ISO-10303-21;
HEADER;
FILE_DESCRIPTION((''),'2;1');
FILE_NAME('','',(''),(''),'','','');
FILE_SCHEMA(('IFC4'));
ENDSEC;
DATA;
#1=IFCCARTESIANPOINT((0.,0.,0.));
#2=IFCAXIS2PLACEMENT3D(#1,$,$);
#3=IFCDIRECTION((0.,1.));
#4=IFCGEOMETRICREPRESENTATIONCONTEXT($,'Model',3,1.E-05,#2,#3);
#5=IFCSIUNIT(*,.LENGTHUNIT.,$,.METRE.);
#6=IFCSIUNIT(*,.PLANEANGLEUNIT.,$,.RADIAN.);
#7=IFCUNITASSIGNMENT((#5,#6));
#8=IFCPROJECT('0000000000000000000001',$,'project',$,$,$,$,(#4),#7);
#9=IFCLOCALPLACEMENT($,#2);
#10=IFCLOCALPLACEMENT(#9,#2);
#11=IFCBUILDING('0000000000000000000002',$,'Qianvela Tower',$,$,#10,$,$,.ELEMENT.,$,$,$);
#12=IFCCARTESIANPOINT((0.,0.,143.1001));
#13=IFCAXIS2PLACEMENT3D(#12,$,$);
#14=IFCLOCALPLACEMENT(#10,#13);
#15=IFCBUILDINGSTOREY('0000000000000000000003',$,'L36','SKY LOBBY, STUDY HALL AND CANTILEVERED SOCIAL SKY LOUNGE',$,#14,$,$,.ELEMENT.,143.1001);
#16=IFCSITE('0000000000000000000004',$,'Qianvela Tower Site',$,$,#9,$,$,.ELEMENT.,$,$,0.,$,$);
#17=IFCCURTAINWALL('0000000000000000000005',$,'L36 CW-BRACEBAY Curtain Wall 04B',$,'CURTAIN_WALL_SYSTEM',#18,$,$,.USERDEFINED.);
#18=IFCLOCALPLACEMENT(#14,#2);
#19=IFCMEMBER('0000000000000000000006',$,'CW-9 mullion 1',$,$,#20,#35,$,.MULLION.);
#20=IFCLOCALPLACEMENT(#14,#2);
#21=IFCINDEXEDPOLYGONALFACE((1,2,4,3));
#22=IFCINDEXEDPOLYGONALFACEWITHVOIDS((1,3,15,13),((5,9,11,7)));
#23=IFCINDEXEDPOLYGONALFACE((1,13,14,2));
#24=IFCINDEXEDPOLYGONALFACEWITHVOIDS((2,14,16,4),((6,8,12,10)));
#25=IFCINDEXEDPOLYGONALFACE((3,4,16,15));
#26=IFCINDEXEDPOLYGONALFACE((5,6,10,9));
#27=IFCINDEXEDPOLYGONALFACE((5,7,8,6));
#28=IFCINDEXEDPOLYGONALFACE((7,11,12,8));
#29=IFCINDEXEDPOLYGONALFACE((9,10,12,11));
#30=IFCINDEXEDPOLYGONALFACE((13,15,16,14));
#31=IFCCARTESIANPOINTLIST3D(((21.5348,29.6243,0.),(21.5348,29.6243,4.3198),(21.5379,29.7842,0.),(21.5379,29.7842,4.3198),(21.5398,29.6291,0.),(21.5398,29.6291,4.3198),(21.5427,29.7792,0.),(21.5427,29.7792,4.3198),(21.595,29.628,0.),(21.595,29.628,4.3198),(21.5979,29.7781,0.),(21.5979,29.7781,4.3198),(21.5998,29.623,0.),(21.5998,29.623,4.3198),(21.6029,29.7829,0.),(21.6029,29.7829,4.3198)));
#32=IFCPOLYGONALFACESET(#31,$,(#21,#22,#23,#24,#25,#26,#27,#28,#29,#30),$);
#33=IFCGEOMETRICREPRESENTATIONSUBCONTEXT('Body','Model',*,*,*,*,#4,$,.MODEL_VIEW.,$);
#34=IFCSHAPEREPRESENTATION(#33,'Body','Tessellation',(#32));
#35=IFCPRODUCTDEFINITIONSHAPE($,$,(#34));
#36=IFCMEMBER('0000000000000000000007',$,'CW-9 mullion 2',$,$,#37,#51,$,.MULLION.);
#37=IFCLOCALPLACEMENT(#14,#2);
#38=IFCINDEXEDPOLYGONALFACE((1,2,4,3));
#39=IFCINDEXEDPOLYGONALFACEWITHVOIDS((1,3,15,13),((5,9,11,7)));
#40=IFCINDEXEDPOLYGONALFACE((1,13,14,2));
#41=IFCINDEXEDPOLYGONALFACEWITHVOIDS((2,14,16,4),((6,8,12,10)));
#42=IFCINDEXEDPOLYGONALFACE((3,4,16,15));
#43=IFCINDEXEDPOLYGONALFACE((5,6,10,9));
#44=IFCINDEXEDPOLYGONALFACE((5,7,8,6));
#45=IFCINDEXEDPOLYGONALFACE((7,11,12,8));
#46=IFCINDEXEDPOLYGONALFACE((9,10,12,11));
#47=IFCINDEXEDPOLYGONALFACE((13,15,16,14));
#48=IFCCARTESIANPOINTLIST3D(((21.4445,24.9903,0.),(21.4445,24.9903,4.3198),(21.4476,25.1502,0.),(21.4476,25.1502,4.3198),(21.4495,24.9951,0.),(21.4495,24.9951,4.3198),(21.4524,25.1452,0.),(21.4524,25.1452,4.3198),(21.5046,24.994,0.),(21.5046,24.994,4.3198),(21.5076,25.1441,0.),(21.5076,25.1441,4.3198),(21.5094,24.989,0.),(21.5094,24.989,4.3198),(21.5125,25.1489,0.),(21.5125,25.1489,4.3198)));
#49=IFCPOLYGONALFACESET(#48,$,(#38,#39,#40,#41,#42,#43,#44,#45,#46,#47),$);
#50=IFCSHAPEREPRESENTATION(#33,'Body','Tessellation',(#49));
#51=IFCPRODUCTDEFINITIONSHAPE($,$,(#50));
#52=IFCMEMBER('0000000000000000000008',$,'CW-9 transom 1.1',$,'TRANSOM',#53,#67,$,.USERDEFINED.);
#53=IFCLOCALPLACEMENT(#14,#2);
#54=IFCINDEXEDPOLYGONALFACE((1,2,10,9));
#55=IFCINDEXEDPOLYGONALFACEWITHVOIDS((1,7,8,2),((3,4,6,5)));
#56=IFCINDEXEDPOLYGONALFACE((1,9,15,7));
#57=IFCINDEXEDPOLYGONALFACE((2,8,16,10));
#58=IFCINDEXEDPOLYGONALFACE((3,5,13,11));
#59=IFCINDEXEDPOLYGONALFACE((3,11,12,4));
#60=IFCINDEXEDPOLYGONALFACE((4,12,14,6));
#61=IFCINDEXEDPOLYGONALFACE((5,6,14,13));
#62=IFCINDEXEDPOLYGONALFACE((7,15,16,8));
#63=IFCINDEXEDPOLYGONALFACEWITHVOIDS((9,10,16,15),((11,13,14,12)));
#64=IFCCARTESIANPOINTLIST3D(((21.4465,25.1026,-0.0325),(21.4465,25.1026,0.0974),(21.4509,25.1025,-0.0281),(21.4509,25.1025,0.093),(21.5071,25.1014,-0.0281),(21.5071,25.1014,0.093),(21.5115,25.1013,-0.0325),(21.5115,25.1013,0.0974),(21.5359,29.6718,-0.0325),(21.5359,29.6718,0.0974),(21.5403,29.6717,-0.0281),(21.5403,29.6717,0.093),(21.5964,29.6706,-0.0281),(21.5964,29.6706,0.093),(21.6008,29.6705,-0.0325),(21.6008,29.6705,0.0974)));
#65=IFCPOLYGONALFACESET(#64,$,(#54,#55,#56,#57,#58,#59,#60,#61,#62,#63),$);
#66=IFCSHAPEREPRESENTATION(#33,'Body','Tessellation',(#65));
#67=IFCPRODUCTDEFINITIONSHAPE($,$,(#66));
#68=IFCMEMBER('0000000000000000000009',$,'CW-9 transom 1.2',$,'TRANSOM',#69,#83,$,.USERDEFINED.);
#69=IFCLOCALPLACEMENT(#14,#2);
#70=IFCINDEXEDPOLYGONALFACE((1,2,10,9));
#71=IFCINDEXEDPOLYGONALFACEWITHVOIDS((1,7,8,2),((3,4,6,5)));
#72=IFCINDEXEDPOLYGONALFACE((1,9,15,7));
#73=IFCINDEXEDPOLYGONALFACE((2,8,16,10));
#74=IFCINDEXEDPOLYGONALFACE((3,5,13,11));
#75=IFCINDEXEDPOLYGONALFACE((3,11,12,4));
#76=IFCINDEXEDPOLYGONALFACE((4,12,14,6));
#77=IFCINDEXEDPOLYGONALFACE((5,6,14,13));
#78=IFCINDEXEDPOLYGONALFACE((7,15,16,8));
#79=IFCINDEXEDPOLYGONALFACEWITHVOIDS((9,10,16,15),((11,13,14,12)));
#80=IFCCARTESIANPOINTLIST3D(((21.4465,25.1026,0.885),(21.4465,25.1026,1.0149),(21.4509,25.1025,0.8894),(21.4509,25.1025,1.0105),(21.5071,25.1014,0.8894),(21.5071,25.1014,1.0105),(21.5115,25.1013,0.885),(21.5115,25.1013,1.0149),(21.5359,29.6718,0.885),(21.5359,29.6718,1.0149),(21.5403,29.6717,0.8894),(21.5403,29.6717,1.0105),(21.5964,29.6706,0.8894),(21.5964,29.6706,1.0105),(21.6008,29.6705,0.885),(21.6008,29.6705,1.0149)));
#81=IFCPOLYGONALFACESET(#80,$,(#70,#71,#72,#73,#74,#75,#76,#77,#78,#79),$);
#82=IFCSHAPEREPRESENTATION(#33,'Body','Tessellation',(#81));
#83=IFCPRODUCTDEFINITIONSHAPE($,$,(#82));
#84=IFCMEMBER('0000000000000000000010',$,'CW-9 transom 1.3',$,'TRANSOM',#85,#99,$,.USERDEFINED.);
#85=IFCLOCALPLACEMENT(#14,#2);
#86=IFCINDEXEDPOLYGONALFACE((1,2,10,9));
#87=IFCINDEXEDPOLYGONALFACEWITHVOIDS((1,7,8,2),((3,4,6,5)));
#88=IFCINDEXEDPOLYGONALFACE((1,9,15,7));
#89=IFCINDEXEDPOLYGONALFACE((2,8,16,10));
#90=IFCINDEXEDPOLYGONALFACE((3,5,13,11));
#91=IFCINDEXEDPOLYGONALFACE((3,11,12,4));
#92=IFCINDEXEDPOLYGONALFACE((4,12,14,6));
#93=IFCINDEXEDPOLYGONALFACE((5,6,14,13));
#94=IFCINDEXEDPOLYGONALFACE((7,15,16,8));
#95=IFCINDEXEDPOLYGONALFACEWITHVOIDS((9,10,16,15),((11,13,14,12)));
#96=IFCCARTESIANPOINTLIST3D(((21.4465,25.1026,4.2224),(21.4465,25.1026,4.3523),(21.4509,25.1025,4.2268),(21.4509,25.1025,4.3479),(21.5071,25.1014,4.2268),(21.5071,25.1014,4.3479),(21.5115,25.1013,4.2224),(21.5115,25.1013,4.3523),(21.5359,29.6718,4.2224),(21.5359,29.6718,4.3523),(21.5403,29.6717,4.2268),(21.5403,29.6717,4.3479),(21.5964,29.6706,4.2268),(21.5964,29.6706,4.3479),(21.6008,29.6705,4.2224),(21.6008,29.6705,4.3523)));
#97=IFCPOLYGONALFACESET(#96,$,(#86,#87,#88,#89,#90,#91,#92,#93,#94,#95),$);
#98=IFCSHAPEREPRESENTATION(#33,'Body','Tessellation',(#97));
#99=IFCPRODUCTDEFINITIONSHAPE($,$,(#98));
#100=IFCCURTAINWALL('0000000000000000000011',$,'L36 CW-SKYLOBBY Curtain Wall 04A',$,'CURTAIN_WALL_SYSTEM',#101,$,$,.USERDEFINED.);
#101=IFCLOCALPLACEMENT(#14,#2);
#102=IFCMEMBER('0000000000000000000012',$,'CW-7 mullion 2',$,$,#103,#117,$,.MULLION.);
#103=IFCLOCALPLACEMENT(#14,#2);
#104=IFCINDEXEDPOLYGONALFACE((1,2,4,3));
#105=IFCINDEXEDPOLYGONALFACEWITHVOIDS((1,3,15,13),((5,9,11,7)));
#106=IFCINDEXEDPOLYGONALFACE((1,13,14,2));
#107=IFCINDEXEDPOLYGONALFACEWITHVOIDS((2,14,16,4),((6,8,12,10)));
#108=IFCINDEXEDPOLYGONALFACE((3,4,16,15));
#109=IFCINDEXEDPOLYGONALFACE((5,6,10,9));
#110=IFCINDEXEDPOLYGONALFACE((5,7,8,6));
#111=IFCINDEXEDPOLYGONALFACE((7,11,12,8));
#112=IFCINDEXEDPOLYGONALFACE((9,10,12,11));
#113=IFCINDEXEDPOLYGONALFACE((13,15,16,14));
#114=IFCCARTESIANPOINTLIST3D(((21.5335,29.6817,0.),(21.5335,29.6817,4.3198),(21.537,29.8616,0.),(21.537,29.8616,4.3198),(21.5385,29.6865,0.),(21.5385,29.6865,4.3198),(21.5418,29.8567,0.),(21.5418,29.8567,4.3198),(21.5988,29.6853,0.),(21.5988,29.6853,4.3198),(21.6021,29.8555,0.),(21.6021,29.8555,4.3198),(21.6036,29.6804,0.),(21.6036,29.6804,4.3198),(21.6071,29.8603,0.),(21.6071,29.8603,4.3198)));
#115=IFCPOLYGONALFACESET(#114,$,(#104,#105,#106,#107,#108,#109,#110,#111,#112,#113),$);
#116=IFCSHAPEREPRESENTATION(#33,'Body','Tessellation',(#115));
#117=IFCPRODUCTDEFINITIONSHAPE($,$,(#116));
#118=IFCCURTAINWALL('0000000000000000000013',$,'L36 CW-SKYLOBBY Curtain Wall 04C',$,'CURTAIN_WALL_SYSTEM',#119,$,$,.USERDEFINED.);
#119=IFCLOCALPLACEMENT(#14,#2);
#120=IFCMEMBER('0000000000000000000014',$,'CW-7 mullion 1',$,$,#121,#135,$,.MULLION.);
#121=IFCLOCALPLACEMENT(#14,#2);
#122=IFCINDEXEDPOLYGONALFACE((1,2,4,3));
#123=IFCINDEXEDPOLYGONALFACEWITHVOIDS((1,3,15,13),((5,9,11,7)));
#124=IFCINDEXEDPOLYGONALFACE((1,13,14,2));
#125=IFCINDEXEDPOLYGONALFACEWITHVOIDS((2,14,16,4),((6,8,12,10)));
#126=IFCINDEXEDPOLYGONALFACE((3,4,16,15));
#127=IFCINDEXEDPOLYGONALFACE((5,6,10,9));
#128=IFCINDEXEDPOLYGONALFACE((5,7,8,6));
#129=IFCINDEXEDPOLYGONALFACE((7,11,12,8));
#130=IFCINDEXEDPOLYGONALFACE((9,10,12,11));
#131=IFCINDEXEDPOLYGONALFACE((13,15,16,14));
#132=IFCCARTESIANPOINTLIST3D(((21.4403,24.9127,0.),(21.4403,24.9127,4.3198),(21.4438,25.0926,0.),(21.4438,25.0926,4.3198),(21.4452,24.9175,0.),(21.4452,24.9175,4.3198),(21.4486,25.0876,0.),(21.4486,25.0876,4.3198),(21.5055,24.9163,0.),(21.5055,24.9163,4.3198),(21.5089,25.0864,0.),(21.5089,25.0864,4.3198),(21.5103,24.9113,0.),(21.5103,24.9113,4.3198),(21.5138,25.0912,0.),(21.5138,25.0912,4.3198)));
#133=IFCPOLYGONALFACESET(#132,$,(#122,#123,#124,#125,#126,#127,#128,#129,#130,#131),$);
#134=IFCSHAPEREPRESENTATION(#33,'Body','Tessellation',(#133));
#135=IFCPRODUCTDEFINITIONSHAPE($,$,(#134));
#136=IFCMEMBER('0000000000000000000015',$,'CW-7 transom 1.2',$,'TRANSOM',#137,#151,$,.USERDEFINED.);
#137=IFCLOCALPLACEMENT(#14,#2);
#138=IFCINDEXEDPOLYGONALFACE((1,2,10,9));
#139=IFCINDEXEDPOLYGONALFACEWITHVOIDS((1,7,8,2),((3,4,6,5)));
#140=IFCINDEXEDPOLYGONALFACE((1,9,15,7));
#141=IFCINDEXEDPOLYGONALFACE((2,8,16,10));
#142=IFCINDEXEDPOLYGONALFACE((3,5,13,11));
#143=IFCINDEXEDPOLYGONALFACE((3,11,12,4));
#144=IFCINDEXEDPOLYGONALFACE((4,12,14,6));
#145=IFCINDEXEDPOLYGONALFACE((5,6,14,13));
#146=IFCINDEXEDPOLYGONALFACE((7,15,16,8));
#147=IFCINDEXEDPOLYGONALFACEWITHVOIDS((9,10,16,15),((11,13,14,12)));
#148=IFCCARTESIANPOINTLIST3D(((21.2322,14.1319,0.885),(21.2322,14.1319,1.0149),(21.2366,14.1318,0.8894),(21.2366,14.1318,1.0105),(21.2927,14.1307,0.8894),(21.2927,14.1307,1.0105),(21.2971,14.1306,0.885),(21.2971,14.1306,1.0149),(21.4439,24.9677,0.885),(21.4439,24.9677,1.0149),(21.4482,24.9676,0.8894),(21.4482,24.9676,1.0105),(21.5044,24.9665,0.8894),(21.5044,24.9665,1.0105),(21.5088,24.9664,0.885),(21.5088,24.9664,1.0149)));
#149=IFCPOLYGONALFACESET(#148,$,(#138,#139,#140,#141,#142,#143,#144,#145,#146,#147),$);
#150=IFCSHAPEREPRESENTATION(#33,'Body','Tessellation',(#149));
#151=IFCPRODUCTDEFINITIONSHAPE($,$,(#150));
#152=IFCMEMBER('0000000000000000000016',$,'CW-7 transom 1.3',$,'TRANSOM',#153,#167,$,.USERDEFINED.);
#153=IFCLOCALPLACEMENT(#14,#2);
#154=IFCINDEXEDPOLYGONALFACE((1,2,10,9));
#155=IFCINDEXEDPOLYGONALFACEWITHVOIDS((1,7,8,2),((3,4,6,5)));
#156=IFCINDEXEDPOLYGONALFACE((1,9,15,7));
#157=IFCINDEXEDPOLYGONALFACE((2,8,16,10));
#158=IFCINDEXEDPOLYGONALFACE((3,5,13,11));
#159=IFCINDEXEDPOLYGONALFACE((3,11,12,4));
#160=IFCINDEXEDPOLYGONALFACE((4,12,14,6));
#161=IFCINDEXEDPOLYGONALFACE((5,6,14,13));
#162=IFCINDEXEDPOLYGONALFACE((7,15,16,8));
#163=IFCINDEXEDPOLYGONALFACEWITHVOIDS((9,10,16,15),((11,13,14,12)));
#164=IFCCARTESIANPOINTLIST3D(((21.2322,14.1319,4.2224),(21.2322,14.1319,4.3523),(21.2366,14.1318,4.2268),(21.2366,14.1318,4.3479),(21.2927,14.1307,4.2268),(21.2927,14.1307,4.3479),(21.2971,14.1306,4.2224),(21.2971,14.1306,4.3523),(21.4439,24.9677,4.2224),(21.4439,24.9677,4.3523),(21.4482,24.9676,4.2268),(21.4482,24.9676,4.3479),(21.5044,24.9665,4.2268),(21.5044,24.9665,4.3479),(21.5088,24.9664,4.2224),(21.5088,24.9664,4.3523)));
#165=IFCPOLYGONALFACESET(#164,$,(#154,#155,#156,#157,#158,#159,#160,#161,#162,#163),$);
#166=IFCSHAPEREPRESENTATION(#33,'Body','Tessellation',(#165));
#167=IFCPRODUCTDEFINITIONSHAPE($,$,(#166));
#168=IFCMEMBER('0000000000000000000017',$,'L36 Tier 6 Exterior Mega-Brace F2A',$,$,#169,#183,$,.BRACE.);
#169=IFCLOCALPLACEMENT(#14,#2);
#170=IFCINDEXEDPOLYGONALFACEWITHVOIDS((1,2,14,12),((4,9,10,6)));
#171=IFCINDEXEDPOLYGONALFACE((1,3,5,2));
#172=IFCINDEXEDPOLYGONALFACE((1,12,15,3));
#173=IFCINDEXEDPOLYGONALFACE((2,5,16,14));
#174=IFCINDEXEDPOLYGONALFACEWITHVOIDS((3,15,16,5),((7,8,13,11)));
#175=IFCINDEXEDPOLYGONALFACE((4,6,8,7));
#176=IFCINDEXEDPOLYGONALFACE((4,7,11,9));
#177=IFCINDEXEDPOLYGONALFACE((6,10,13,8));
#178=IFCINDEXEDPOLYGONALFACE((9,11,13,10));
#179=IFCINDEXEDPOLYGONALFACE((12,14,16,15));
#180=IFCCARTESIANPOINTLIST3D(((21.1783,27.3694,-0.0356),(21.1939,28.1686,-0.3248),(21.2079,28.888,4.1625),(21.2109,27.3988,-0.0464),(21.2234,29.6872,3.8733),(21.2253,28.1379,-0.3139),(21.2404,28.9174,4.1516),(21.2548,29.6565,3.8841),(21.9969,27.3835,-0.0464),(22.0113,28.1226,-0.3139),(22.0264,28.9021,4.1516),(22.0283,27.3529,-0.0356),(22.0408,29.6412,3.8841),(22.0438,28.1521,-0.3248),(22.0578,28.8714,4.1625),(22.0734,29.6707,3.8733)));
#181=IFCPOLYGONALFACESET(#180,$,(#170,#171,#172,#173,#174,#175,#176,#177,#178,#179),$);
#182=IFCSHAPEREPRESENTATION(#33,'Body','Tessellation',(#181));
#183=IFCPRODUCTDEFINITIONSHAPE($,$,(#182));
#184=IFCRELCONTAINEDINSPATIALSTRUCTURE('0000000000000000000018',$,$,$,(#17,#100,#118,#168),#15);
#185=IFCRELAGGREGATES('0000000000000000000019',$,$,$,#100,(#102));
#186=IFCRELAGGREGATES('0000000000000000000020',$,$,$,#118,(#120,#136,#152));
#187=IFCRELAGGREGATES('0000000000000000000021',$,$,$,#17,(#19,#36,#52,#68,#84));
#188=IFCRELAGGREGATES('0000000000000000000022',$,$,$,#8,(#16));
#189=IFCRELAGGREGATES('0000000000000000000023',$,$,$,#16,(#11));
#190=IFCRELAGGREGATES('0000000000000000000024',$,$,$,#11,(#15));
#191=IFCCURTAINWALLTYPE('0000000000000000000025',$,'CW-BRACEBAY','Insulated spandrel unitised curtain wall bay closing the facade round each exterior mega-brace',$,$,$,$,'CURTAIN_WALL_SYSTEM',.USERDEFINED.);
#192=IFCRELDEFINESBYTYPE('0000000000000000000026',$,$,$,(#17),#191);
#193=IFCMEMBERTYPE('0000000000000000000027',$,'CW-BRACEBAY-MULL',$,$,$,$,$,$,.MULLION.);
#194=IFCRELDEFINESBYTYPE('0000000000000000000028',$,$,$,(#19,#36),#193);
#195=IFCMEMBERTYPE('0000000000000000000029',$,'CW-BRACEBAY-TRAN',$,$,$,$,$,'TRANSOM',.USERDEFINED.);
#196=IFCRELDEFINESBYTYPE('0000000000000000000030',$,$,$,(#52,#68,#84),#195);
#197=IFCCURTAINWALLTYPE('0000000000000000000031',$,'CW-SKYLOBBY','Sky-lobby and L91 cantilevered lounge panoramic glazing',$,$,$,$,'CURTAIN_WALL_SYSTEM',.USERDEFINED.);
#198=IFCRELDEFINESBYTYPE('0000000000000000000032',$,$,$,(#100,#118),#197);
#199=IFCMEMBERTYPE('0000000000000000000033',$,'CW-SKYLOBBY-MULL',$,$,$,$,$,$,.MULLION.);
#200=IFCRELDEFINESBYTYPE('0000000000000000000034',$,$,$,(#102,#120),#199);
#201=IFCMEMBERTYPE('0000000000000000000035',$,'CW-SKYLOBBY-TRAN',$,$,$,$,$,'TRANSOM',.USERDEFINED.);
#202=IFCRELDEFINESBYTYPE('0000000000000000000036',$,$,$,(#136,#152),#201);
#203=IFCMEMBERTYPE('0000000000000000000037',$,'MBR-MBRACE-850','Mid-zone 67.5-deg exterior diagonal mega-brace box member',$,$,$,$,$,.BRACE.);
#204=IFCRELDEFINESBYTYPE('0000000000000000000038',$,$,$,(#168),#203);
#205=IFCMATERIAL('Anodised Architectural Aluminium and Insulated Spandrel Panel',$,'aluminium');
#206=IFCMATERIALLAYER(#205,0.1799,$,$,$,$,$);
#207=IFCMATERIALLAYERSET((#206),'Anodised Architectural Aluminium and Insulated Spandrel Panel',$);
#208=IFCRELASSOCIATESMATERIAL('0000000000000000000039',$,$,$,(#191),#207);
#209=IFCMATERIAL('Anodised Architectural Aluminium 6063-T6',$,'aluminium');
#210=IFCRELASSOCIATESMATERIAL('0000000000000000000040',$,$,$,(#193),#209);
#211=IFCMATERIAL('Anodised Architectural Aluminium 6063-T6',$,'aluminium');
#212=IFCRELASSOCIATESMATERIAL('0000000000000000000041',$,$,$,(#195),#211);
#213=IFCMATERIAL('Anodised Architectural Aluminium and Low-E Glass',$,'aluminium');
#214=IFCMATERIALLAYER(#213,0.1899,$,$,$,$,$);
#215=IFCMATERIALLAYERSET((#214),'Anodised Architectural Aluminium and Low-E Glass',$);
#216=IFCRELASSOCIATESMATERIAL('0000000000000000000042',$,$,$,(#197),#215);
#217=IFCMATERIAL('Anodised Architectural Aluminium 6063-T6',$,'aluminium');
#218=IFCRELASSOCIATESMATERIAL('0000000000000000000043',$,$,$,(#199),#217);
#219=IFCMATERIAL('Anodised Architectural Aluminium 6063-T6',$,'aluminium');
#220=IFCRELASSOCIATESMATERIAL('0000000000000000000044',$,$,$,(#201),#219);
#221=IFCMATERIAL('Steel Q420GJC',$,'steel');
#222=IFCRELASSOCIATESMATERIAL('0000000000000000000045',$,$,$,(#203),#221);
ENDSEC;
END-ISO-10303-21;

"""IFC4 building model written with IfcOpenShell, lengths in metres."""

from ifc_helpers import new_model, si_unit, direction, frame, origin, origin_2d, place, context, subcontext, project, spatial, hollow_rectangle, extrude, material, layer, layer_set, material_profile, profile_set, type_object, element, aggregate, save


model = new_model("IFC4")

# Units and contexts
model_context = context("Model", 3, precision=1e-05, world=origin(), true_north=direction((0.0, 1.0)))
body_context = subcontext(model_context, "Body", "Model", "MODEL_VIEW")
ifc_project = project(units=[si_unit("LENGTHUNIT", "METRE"), si_unit("PLANEANGLEUNIT", "RADIAN")], contexts=[model_context])

# Site, building, storey
site_placement = place(None, origin())
site = spatial("IfcSite", under=ifc_project, at=site_placement, Name="Qianvela Tower Site", CompositionType="ELEMENT", RefElevation=0.0)
building_placement = place(site_placement, origin())
building = spatial("IfcBuilding", under=site, at=building_placement, Name="Qianvela Tower", CompositionType="ELEMENT")
storey_placement = place(building_placement, frame((0.0, 0.0, 143.1001)))
storey = spatial("IfcBuildingStorey", under=building, at=storey_placement, Name="L36", Description="SKY LOBBY, STUDY HALL AND CANTILEVERED SOCIAL SKY LOUNGE", CompositionType="ELEMENT", Elevation=143.1001)

# Curtain wall, members
ifc_material_1 = material(Name="Anodised Architectural Aluminium and Insulated Spandrel Panel", Category="aluminium")
ifc_layer_1 = layer(ifc_material_1, 0.1799)
ifc_layer_set_1 = layer_set([ifc_layer_1], Name="Anodised Architectural Aluminium and Insulated Spandrel Panel")
curtain_wall_type_1 = type_object("IfcCurtainWallType", Name="CW-BRACEBAY", Description="Insulated spandrel unitised curtain wall bay closing the facade round each exterior mega-brace", ElementType="CURTAIN_WALL_SYSTEM", PredefinedType="USERDEFINED", material=ifc_layer_set_1)
curtain_wall_1_placement = place(storey_placement, origin())
curtain_wall_1 = element("IfcCurtainWall", 1, at=curtain_wall_1_placement, inside=storey, type_object=curtain_wall_type_1, Name="L36 CW-BRACEBAY Curtain Wall 04B", ObjectType="CURTAIN_WALL_SYSTEM", PredefinedType="USERDEFINED")
ifc_material_2 = material(Name="Anodised Architectural Aluminium 6063-T6", Category="aluminium")
ifc_material_profile_1 = material_profile(ifc_material_2, hollow_rectangle(XDim=0.0649, YDim=0.1599, WallThickness=0.0049, at=origin_2d()), Name="ALU-MULL-65x160")
ifc_profile_set_1 = profile_set([ifc_material_profile_1], Name="Anodised Architectural Aluminium 6063-T6")
member_type_1 = type_object("IfcMemberType", Name="CW-BRACEBAY-MULL", PredefinedType="MULLION", material=ifc_profile_set_1)
member_1_placement = place(storey_placement, frame((21.5688, 29.7036, 0.0), z_axis=(0.0, 0.0, 1.0), x_axis=(0.999809, -0.019532, 0.0)))
member_1 = element("IfcMember", 2, at=member_1_placement, type_object=member_type_1, Name="CW-9 mullion 1", PredefinedType="MULLION", context=body_context, shape_type="SweptSolid", body=[
    extrude(hollow_rectangle(XDim=0.0649, YDim=0.1599, WallThickness=0.0049, at=origin_2d()), origin(), (0.0, 0.0, 1.0), 4.3198),
])
member_2_placement = place(storey_placement, frame((21.4785, 25.0696, 0.0), z_axis=(0.0, 0.0, 1.0), x_axis=(0.999809, -0.019532, 0.0)))
member_2 = element("IfcMember", 3, at=member_2_placement, type_object=member_type_1, Name="CW-9 mullion 2", PredefinedType="MULLION", context=body_context, shape_type="SweptSolid", body=[
    extrude(hollow_rectangle(XDim=0.0649, YDim=0.1599, WallThickness=0.0049, at=origin_2d()), origin(), (0.0, 0.0, 1.0), 4.3198),
])
ifc_material_3 = material(Name="Anodised Architectural Aluminium 6063-T6", Category="aluminium")
ifc_material_profile_2 = material_profile(ifc_material_3, hollow_rectangle(XDim=0.0649, YDim=0.1299, WallThickness=0.0044, at=origin_2d()), Name="ALU-TRAN-65x130")
ifc_profile_set_2 = profile_set([ifc_material_profile_2], Name="Anodised Architectural Aluminium 6063-T6")
member_type_2 = type_object("IfcMemberType", Name="CW-BRACEBAY-TRAN", ElementType="TRANSOM", PredefinedType="USERDEFINED", material=ifc_profile_set_2)
member_3_placement = place(storey_placement, frame((21.5684, 29.6711, 0.0325), z_axis=(-0.019553, -0.999809, 0.0), x_axis=(0.999809, -0.019553, 0.0)))
member_3 = element("IfcMember", 4, at=member_3_placement, type_object=member_type_2, Name="CW-9 transom 1.1", ObjectType="TRANSOM", PredefinedType="USERDEFINED", context=body_context, shape_type="SweptSolid", body=[
    extrude(hollow_rectangle(XDim=0.0649, YDim=0.1299, WallThickness=0.0044, at=origin_2d()), origin(), (0.0, 0.0, 1.0), 4.5701),
])
member_4_placement = place(storey_placement, frame((21.5684, 29.6711, 0.95), z_axis=(-0.019553, -0.999809, 0.0), x_axis=(0.999809, -0.019553, 0.0)))
member_4 = element("IfcMember", 5, at=member_4_placement, type_object=member_type_2, Name="CW-9 transom 1.2", ObjectType="TRANSOM", PredefinedType="USERDEFINED", context=body_context, shape_type="SweptSolid", body=[
    extrude(hollow_rectangle(XDim=0.0649, YDim=0.1299, WallThickness=0.0044, at=origin_2d()), origin(), (0.0, 0.0, 1.0), 4.5701),
])
member_5_placement = place(storey_placement, frame((21.5684, 29.6711, 4.2874), z_axis=(-0.019553, -0.999809, 0.0), x_axis=(0.999809, -0.019553, 0.0)))
member_5 = element("IfcMember", 6, at=member_5_placement, type_object=member_type_2, Name="CW-9 transom 1.3", ObjectType="TRANSOM", PredefinedType="USERDEFINED", context=body_context, shape_type="SweptSolid", body=[
    extrude(hollow_rectangle(XDim=0.0649, YDim=0.1299, WallThickness=0.0044, at=origin_2d()), origin(), (0.0, 0.0, 1.0), 4.5701),
])

# Curtain wall, member
ifc_material_4 = material(Name="Anodised Architectural Aluminium and Low-E Glass", Category="aluminium")
ifc_layer_2 = layer(ifc_material_4, 0.1899)
ifc_layer_set_2 = layer_set([ifc_layer_2], Name="Anodised Architectural Aluminium and Low-E Glass")
curtain_wall_type_2 = type_object("IfcCurtainWallType", Name="CW-SKYLOBBY", Description="Sky-lobby and L91 cantilevered lounge panoramic glazing", ElementType="CURTAIN_WALL_SYSTEM", PredefinedType="USERDEFINED", material=ifc_layer_set_2)
curtain_wall_2_placement = place(storey_placement, origin())
curtain_wall_2 = element("IfcCurtainWall", 7, at=curtain_wall_2_placement, inside=storey, type_object=curtain_wall_type_2, Name="L36 CW-SKYLOBBY Curtain Wall 04A", ObjectType="CURTAIN_WALL_SYSTEM", PredefinedType="USERDEFINED")
ifc_material_5 = material(Name="Anodised Architectural Aluminium 6063-T6", Category="aluminium")
ifc_material_profile_3 = material_profile(ifc_material_5, hollow_rectangle(XDim=0.0701, YDim=0.1799, WallThickness=0.0049, at=origin_2d()), Name="ALU-MULL-70x180")
ifc_profile_set_3 = profile_set([ifc_material_profile_3], Name="Anodised Architectural Aluminium 6063-T6")
member_type_3 = type_object("IfcMemberType", Name="CW-SKYLOBBY-MULL", PredefinedType="MULLION", material=ifc_profile_set_3)
member_6_placement = place(storey_placement, frame((21.5703, 29.771, 0.0), z_axis=(0.0, 0.0, 1.0), x_axis=(0.999809, -0.019547, 0.0)))
member_6 = element("IfcMember", 8, at=member_6_placement, type_object=member_type_3, Name="CW-7 mullion 2", PredefinedType="MULLION", context=body_context, shape_type="SweptSolid", body=[
    extrude(hollow_rectangle(XDim=0.0701, YDim=0.1799, WallThickness=0.0049, at=origin_2d()), origin(), (0.0, 0.0, 1.0), 4.3198),
])
aggregate(curtain_wall_2, [member_6])

# Curtain wall, members
curtain_wall_3_placement = place(storey_placement, origin())
curtain_wall_3 = element("IfcCurtainWall", 9, at=curtain_wall_3_placement, inside=storey, type_object=curtain_wall_type_2, Name="L36 CW-SKYLOBBY Curtain Wall 04C", ObjectType="CURTAIN_WALL_SYSTEM", PredefinedType="USERDEFINED")
member_7_placement = place(storey_placement, frame((21.4771, 25.002, 0.0), z_axis=(0.0, 0.0, 1.0), x_axis=(0.999809, -0.019548, 0.0)))
member_7 = element("IfcMember", 10, at=member_7_placement, type_object=member_type_3, Name="CW-7 mullion 1", PredefinedType="MULLION", context=body_context, shape_type="SweptSolid", body=[
    extrude(hollow_rectangle(XDim=0.0701, YDim=0.1799, WallThickness=0.0049, at=origin_2d()), origin(), (0.0, 0.0, 1.0), 4.3198),
])
ifc_material_6 = material(Name="Anodised Architectural Aluminium 6063-T6", Category="aluminium")
ifc_material_profile_4 = material_profile(ifc_material_6, hollow_rectangle(XDim=0.0649, YDim=0.1299, WallThickness=0.0044, at=origin_2d()), Name="ALU-TRAN-65x130")
ifc_profile_set_4 = profile_set([ifc_material_profile_4], Name="Anodised Architectural Aluminium 6063-T6")
member_type_4 = type_object("IfcMemberType", Name="CW-SKYLOBBY-TRAN", ElementType="TRANSOM", PredefinedType="USERDEFINED", material=ifc_profile_set_4)
member_8_placement = place(storey_placement, frame((21.4763, 24.967, 0.95), z_axis=(-0.01953, -0.999809, 0.0), x_axis=(0.999809, -0.01953, 0.0)))
member_8 = element("IfcMember", 11, at=member_8_placement, type_object=member_type_4, Name="CW-7 transom 1.2", ObjectType="TRANSOM", PredefinedType="USERDEFINED", context=body_context, shape_type="SweptSolid", body=[
    extrude(hollow_rectangle(XDim=0.0649, YDim=0.1299, WallThickness=0.0044, at=origin_2d()), origin(), (0.0, 0.0, 1.0), 10.8379),
])
member_9_placement = place(storey_placement, frame((21.4763, 24.967, 4.2874), z_axis=(-0.01953, -0.999809, 0.0), x_axis=(0.999809, -0.01953, 0.0)))
member_9 = element("IfcMember", 12, at=member_9_placement, type_object=member_type_4, Name="CW-7 transom 1.3", ObjectType="TRANSOM", PredefinedType="USERDEFINED", context=body_context, shape_type="SweptSolid", body=[
    extrude(hollow_rectangle(XDim=0.0649, YDim=0.1299, WallThickness=0.0044, at=origin_2d()), origin(), (0.0, 0.0, 1.0), 10.8379),
])
aggregate(curtain_wall_3, [member_7, member_8, member_9])

# Member
ifc_material_7 = material(Name="Steel Q420GJC", Category="steel")
ifc_material_profile_5 = material_profile(ifc_material_7, hollow_rectangle(XDim=0.8501, YDim=0.8501, WallThickness=0.032, at=origin_2d()), Name="MBOX-850x850x32")
ifc_profile_set_5 = profile_set([ifc_material_profile_5], Name="Steel Q420GJC")
member_type_5 = type_object("IfcMemberType", Name="MBR-MBRACE-850", Description="Mid-zone 67.5-deg exterior diagonal mega-brace box member", PredefinedType="BRACE", material=ifc_profile_set_5)
for number, where, z_axis, x_axis, name in (
    (13, (21.6111, 27.7607, -0.1802), (0.006617, 0.340154, 0.940346), (-0.999811, 0.01945, 0.0), "L36 Tier 6 Exterior Mega-Brace F2A"),
):
    element("IfcMember", number, at=place(storey_placement, frame(where, z_axis=z_axis, x_axis=x_axis)), inside=storey, type_object=member_type_5, Name=name, PredefinedType="BRACE", context=body_context, shape_type="SweptSolid", body=[
        extrude(hollow_rectangle(XDim=0.8501, YDim=0.8501, WallThickness=0.032, at=origin_2d()), origin(), (0.0, 0.0, 1.0), 4.4644),
    ])

aggregate(curtain_wall_1, [member_1, member_2, member_3, member_4, member_5])

save(model, "model.ifc")
